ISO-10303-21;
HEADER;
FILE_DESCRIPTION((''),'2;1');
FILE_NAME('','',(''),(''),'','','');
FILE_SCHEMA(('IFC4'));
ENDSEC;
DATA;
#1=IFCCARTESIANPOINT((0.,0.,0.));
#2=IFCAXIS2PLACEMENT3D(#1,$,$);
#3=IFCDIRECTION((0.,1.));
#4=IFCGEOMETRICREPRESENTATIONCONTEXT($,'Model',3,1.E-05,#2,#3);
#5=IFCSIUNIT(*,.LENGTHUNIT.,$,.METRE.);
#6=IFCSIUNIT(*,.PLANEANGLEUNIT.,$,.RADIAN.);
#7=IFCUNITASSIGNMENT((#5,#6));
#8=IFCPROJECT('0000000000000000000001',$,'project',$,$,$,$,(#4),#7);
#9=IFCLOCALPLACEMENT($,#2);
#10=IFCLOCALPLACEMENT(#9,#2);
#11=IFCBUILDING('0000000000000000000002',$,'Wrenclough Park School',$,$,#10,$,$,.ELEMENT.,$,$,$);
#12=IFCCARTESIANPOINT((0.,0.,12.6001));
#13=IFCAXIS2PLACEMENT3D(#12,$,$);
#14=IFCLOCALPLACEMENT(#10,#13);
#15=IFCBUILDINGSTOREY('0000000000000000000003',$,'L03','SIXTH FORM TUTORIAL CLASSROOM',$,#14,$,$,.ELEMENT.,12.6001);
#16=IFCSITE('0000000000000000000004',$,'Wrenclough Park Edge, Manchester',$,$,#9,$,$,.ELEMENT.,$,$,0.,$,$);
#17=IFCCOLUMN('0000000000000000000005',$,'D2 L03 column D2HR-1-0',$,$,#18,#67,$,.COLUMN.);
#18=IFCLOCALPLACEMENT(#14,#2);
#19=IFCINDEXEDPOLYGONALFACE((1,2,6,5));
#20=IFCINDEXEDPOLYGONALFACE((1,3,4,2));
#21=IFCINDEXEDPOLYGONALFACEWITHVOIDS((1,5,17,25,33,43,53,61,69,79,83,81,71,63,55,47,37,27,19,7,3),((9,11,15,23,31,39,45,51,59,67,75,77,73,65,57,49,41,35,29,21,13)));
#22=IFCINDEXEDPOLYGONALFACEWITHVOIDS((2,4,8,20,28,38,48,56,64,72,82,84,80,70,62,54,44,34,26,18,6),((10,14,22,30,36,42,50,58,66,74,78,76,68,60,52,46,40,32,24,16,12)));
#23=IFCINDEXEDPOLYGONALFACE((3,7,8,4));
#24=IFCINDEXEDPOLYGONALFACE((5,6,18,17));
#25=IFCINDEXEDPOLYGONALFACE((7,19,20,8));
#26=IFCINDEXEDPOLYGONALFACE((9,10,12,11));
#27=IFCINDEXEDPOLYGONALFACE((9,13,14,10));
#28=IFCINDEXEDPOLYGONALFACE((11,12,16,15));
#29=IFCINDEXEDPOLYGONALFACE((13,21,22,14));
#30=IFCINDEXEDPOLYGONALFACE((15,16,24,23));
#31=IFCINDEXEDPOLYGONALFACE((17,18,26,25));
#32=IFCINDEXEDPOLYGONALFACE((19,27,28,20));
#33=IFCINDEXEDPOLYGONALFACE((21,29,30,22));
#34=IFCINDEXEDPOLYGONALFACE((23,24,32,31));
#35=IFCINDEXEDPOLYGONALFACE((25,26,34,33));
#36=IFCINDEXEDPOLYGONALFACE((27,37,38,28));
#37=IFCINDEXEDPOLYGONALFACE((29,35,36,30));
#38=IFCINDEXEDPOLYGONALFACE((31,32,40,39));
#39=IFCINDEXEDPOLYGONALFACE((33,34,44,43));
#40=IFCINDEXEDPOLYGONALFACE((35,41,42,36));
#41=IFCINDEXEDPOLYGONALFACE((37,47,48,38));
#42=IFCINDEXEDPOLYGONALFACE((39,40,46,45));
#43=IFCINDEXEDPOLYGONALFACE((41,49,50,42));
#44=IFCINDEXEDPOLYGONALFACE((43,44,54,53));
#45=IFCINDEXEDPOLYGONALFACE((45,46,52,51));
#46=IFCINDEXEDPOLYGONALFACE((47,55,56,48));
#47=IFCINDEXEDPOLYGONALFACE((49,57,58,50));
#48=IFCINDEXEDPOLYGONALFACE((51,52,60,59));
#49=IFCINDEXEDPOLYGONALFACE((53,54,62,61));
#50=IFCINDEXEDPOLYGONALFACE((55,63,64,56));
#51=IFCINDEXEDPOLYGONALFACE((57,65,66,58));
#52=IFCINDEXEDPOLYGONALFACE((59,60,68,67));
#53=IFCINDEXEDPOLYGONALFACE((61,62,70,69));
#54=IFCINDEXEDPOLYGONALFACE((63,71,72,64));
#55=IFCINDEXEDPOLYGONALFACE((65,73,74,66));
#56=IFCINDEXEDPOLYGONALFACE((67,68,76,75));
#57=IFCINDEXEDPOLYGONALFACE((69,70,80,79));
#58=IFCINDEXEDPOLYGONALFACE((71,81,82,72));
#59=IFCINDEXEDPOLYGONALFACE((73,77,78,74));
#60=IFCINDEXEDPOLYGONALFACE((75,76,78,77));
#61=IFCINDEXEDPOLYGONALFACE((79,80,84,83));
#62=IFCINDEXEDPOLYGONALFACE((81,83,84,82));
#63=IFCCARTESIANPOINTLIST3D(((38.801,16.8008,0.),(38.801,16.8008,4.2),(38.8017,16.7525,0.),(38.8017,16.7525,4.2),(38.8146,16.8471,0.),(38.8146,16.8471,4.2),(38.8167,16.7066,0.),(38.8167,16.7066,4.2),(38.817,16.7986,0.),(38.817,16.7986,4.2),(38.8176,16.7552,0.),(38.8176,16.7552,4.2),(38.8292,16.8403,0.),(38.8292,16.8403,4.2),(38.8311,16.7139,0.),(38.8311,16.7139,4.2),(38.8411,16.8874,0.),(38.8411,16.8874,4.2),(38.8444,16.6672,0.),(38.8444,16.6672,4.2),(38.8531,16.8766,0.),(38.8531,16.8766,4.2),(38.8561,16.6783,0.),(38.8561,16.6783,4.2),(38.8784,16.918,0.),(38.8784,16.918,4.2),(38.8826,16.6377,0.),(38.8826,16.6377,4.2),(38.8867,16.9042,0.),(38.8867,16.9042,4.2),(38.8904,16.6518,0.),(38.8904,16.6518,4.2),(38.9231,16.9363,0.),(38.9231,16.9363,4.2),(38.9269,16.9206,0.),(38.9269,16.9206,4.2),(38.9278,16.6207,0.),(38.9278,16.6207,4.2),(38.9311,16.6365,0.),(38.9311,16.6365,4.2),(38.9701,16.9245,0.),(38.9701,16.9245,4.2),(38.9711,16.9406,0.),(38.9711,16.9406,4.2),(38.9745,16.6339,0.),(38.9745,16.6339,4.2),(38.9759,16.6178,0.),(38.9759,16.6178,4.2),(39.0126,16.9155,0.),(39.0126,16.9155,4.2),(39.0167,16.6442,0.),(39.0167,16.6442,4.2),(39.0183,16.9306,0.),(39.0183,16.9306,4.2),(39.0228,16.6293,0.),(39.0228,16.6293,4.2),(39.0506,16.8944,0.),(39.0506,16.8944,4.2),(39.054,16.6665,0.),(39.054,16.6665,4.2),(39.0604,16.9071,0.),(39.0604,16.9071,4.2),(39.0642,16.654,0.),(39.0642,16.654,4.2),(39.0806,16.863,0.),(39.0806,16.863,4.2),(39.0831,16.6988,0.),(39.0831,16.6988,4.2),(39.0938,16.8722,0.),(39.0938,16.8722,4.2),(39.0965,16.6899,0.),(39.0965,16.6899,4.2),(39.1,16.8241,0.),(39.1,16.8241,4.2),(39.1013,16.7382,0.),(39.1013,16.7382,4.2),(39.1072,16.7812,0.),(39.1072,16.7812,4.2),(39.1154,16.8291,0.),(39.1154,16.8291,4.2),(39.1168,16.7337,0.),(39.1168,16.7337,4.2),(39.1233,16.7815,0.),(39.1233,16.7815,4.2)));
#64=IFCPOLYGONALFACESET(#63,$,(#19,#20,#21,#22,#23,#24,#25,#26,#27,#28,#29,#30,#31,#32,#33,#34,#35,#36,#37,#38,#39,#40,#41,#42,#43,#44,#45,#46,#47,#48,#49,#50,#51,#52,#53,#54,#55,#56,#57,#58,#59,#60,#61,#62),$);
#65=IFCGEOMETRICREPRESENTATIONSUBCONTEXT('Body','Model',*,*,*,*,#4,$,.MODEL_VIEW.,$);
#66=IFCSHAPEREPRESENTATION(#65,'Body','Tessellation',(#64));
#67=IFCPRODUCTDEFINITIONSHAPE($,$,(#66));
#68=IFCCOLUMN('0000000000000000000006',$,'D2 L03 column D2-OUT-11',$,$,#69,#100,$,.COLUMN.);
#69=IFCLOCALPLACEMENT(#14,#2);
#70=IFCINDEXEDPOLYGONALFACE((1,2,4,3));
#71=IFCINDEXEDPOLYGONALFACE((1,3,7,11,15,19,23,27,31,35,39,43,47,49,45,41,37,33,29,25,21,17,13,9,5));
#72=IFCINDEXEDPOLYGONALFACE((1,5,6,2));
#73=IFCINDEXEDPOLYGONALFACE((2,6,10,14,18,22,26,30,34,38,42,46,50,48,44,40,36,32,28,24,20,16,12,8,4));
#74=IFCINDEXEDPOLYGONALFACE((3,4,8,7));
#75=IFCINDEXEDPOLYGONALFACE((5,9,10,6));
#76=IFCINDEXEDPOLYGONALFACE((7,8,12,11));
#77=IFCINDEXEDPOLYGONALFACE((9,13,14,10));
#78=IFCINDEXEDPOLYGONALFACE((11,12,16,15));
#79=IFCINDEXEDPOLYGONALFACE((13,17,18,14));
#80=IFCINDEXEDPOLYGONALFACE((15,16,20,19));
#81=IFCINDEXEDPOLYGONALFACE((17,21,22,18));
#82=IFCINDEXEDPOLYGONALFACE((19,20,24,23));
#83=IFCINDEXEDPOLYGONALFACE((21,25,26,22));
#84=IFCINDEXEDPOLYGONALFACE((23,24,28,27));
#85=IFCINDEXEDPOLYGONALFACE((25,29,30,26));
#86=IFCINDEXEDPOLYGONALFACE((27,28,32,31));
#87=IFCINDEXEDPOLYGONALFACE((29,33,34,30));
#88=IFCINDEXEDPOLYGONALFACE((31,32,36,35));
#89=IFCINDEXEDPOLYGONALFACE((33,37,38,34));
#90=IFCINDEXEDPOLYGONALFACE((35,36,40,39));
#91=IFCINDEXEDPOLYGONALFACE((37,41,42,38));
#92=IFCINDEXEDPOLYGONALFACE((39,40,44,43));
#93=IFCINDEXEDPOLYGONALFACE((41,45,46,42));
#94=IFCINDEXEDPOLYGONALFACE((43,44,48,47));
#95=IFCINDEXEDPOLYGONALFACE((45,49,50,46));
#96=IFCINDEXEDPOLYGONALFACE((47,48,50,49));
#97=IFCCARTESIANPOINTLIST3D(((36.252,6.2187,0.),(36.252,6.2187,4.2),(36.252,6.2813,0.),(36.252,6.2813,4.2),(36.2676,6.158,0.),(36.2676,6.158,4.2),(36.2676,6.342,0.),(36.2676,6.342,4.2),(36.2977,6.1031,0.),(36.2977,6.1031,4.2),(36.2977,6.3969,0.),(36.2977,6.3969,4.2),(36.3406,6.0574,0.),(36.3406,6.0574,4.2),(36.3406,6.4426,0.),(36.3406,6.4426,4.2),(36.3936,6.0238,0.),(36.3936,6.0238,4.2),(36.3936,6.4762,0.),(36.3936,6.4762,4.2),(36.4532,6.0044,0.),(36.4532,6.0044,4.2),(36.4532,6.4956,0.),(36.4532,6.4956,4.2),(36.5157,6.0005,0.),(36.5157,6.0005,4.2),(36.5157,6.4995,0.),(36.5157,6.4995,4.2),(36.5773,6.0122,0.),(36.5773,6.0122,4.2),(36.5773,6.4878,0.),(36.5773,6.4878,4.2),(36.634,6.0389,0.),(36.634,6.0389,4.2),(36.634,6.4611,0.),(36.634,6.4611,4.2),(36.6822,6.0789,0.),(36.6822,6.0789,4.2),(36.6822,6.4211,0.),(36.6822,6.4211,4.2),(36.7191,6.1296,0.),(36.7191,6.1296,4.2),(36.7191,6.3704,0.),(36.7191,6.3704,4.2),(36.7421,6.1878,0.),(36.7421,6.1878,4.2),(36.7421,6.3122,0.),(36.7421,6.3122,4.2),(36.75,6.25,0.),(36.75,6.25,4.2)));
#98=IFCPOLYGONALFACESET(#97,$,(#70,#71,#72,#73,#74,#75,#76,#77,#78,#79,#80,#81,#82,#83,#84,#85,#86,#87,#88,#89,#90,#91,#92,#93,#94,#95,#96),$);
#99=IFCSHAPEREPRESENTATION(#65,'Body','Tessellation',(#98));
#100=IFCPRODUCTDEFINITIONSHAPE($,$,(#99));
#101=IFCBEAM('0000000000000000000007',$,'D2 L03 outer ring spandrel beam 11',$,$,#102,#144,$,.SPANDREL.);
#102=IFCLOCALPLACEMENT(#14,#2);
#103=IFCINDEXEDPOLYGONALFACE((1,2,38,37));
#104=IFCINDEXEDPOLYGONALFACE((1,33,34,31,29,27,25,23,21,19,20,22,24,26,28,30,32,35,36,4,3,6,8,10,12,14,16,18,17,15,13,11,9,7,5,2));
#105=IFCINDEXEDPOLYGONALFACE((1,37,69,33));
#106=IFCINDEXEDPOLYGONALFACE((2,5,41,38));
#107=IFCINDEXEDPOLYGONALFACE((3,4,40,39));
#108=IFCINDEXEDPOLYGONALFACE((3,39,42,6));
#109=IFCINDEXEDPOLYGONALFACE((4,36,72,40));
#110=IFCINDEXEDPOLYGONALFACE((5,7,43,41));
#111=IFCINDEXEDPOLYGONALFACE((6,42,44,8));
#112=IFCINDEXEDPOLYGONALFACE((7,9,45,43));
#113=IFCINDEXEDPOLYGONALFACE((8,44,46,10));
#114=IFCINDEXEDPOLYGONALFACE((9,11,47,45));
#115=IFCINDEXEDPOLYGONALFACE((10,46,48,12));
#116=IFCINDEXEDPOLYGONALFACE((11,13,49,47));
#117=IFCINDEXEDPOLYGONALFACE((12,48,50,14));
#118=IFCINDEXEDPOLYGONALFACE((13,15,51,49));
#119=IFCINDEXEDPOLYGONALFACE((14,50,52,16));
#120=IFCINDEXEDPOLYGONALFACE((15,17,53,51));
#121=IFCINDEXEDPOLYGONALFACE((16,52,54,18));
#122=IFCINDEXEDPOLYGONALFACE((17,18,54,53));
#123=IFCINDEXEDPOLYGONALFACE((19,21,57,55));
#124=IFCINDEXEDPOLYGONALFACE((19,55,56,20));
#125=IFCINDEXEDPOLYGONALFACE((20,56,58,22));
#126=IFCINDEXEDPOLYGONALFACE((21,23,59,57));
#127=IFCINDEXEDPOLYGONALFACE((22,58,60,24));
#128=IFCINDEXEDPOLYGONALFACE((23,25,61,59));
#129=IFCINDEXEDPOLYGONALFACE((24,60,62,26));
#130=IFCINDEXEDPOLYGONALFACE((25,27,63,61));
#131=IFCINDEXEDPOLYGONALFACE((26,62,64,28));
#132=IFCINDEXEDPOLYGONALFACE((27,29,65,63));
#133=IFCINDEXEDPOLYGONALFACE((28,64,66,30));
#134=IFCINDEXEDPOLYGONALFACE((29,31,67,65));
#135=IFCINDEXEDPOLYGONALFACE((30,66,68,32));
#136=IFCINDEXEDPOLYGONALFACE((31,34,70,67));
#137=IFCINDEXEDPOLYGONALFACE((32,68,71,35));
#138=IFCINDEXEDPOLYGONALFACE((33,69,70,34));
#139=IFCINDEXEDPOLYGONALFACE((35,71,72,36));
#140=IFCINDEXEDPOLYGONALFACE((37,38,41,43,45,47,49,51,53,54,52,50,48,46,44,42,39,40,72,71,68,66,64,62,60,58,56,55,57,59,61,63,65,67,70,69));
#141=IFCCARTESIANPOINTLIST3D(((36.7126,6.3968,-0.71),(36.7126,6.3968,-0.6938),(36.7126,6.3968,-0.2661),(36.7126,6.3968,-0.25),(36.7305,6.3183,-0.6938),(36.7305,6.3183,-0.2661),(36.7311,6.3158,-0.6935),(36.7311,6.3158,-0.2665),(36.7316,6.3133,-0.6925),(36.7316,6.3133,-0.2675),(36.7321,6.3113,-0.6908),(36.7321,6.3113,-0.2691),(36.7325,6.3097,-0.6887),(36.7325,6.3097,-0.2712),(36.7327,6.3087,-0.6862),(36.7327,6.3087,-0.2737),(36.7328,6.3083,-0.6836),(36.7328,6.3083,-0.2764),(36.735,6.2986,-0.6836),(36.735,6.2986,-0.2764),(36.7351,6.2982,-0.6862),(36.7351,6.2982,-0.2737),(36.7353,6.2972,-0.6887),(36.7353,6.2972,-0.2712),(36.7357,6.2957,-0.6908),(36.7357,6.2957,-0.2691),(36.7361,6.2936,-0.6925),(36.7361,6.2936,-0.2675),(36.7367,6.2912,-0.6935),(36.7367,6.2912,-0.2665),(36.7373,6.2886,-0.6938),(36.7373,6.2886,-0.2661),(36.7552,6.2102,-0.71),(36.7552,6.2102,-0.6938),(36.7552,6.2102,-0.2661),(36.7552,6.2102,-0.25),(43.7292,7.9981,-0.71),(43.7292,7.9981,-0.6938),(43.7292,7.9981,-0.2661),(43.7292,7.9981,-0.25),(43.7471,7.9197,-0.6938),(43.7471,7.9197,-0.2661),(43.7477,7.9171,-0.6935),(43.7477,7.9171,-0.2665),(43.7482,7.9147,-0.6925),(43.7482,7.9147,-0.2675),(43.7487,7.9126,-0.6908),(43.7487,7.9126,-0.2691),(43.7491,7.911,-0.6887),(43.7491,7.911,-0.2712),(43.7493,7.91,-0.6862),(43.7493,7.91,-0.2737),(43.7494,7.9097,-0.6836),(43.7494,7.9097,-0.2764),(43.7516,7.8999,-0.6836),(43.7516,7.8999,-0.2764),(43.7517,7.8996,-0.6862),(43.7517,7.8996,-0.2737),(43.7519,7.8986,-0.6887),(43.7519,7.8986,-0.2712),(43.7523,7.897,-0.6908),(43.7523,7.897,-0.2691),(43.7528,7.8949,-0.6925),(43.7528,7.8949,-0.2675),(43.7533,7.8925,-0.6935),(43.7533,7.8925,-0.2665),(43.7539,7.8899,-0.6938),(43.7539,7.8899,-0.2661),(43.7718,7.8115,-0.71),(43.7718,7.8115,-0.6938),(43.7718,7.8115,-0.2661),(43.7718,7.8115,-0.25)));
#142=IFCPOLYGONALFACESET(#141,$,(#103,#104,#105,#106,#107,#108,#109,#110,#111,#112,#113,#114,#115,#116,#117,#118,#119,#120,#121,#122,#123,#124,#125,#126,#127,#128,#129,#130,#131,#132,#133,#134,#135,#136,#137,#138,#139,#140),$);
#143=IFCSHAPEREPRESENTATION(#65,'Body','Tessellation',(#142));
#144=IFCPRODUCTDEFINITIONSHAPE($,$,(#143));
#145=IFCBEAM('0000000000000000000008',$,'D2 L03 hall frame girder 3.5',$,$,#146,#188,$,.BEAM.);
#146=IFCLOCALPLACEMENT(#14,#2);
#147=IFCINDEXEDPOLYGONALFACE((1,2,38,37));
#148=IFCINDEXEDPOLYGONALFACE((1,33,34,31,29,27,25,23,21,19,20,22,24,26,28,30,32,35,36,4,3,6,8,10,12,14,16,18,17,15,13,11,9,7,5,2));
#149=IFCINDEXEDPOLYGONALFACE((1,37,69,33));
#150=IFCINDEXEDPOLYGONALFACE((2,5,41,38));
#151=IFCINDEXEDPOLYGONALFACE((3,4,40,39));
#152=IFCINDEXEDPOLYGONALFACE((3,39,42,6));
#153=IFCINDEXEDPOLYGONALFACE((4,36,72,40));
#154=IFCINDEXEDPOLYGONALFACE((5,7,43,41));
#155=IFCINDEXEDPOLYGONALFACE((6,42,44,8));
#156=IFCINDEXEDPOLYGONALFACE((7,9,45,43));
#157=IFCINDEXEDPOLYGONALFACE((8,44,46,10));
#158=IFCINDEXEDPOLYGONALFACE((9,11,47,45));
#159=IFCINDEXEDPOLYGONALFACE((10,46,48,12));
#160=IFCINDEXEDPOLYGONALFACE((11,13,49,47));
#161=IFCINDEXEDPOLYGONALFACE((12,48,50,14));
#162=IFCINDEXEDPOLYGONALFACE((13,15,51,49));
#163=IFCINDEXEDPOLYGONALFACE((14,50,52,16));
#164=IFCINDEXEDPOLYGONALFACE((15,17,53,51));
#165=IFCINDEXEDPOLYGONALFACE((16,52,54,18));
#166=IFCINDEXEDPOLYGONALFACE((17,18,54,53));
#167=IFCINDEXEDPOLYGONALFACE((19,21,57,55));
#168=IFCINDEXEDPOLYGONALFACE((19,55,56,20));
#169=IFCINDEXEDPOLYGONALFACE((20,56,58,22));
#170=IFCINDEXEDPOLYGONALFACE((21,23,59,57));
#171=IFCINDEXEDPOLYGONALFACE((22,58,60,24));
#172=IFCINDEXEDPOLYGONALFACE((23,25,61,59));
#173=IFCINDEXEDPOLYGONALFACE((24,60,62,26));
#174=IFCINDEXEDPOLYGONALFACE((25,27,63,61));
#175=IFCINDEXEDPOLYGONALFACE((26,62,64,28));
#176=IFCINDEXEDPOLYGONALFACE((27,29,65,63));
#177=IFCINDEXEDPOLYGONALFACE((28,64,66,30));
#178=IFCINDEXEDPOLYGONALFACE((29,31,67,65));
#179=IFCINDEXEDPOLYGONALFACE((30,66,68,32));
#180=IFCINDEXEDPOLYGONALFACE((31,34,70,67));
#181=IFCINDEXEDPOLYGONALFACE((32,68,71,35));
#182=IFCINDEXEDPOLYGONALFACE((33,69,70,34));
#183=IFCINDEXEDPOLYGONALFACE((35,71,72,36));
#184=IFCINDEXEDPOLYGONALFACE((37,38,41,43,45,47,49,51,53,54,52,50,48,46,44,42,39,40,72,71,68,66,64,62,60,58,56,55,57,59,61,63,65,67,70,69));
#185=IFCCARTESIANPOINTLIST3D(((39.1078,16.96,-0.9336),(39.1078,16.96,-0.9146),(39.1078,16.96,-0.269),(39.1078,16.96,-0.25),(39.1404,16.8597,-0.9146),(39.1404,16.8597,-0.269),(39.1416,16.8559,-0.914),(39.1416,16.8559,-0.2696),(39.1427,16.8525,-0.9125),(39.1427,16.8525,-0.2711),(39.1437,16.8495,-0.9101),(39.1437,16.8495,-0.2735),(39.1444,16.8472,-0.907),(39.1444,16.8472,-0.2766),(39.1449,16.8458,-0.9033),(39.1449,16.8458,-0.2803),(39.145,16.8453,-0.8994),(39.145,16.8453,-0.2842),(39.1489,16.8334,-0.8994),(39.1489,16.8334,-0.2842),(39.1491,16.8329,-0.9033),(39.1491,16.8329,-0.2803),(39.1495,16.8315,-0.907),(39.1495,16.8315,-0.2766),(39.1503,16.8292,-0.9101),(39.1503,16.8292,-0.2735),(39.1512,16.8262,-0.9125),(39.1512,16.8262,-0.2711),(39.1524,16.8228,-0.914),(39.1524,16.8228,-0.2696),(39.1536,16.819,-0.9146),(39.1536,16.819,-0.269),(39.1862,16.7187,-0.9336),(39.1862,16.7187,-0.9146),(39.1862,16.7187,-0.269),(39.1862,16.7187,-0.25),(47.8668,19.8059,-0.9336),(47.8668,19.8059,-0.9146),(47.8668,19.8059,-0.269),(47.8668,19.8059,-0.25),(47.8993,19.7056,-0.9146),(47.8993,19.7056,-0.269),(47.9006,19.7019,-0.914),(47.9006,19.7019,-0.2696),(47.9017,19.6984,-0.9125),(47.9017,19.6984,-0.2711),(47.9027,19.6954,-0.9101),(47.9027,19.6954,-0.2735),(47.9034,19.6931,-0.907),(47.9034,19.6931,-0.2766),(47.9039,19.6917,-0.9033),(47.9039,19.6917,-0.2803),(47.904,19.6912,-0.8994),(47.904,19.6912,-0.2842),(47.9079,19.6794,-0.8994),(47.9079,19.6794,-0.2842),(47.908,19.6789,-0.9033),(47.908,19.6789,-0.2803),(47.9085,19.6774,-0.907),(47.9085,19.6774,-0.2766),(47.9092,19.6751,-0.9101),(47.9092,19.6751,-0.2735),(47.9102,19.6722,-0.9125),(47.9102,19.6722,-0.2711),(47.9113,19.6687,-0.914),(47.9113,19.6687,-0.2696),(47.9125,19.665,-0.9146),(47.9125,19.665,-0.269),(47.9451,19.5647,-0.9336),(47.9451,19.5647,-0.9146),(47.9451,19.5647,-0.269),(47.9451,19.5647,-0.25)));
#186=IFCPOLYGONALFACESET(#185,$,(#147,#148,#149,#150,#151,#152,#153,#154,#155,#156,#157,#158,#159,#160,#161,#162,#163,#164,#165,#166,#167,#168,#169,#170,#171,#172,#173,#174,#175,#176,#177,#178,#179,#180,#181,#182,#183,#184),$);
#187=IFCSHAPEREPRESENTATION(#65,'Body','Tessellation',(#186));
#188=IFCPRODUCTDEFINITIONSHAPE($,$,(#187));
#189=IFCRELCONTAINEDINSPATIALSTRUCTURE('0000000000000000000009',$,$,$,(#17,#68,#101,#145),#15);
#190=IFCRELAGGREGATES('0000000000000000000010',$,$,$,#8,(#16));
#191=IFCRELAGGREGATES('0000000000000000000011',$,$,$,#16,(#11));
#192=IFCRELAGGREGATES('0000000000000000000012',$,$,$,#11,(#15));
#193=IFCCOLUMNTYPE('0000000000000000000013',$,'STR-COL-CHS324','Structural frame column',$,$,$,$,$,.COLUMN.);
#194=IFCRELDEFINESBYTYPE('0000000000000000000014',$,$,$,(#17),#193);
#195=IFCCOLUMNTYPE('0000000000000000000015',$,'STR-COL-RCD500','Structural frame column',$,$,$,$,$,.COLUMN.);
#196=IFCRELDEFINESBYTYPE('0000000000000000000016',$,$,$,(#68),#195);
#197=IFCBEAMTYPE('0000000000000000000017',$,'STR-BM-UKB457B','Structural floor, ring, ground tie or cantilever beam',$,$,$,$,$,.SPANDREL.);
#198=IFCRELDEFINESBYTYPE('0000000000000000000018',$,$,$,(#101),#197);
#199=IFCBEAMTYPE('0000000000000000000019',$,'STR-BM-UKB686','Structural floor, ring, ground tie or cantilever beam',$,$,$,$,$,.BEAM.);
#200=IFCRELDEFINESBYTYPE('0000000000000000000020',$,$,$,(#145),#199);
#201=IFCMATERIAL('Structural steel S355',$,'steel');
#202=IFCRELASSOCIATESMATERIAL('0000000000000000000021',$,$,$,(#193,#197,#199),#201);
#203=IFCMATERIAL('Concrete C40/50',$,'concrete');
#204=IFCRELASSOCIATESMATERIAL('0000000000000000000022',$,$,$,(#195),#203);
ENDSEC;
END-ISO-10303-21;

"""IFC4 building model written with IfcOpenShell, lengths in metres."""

from ifc_helpers import new_model, si_unit, direction, frame, origin, origin_2d, place, context, subcontext, project, spatial, circle, hollow_circle, i_section, extrude, material, material_profile, profile_set, type_object, element, save


model = new_model("IFC4")

# Units and contexts
model_context = context("Model", 3, precision=1e-05, world=origin(), true_north=direction((0.0, 1.0)))
body_context = subcontext(model_context, "Body", "Model", "MODEL_VIEW")
ifc_project = project(units=[si_unit("LENGTHUNIT", "METRE"), si_unit("PLANEANGLEUNIT", "RADIAN")], contexts=[model_context])

# Site, building, storey
site_placement = place(None, origin())
site = spatial("IfcSite", under=ifc_project, at=site_placement, Name="Wrenclough Park Edge, Manchester", CompositionType="ELEMENT", RefElevation=0.0)
building_placement = place(site_placement, origin())
building = spatial("IfcBuilding", under=site, at=building_placement, Name="Wrenclough Park School", CompositionType="ELEMENT")
storey_placement = place(building_placement, frame((0.0, 0.0, 12.6001)))
storey = spatial("IfcBuildingStorey", under=building, at=storey_placement, Name="L03", Description="SIXTH FORM TUTORIAL CLASSROOM", CompositionType="ELEMENT", Elevation=12.6001)

# Columns
ifc_material_1 = material(Name="Structural steel S355", Category="steel")
ifc_material_profile_1 = material_profile(ifc_material_1, hollow_circle(Radius=0.1619, WallThickness=0.0161, at=origin_2d()), Name="CHS 323.9x16.0")
ifc_profile_set_1 = profile_set([ifc_material_profile_1], Name="Structural steel S355")
column_type_1 = type_object("IfcColumnType", Name="STR-COL-CHS324", Description="Structural frame column", PredefinedType="COLUMN", material=ifc_profile_set_1)
column_1_placement = place(storey_placement, frame((38.9614, 16.7791, 0.0), z_axis=(0.0, 0.0, 1.0), x_axis=(0.951057, 0.309017, 0.0)))
element("IfcColumn", 1, at=column_1_placement, inside=storey, type_object=column_type_1, Name="D2 L03 column D2HR-1-0", PredefinedType="COLUMN", context=body_context, shape_type="SweptSolid", body=[
    extrude(hollow_circle(Radius=0.1619, WallThickness=0.0161, at=origin_2d()), origin(), (0.0, 0.0, 1.0), 4.2),
])
ifc_material_2 = material(Name="Concrete C40/50", Category="concrete")
ifc_material_profile_2 = material_profile(ifc_material_2, circle(Radius=0.25, at=origin_2d()), Name="RC COL D500")
ifc_profile_set_2 = profile_set([ifc_material_profile_2], Name="Concrete C40/50")
column_type_2 = type_object("IfcColumnType", Name="STR-COL-RCD500", Description="Structural frame column", PredefinedType="COLUMN", material=ifc_profile_set_2)
column_2_placement = place(storey_placement, frame((36.5, 6.25, 0.0), z_axis=(0.0, 0.0, 1.0), x_axis=(1.0, 0.0, 0.0)))
element("IfcColumn", 2, at=column_2_placement, inside=storey, type_object=column_type_2, Name="D2 L03 column D2-OUT-11", PredefinedType="COLUMN", context=body_context, shape_type="SweptSolid", body=[
    extrude(circle(Radius=0.25, at=origin_2d()), origin(), (0.0, 0.0, 1.0), 4.2),
])

# Beams
ifc_material_profile_3 = material_profile(ifc_material_1, i_section(OverallWidth=0.1914, OverallDepth=0.46, WebThickness=0.01, FlangeThickness=0.0161, FilletRadius=0.0103, at=origin_2d()), Name="UKB 457x191x82")
ifc_profile_set_3 = profile_set([ifc_material_profile_3], Name="Structural steel S355")
beam_type_1 = type_object("IfcBeamType", Name="STR-BM-UKB457B", Description="Structural floor, ring, ground tie or cantilever beam", PredefinedType="SPANDREL", material=ifc_profile_set_3)
beam_1_placement = place(storey_placement, frame((36.7339, 6.3035, -0.48), z_axis=(0.974933, 0.222498, 0.0), x_axis=(-0.222498, 0.974933, 0.0)))
element("IfcBeam", 3, at=beam_1_placement, inside=storey, type_object=beam_type_1, Name="D2 L03 outer ring spandrel beam 11", PredefinedType="SPANDREL", context=body_context, shape_type="SweptSolid", body=[
    extrude(i_section(OverallWidth=0.1914, OverallDepth=0.46, WebThickness=0.01, FlangeThickness=0.0161, FilletRadius=0.0103, at=origin_2d()), origin(), (0.0, 0.0, 1.0), 7.197),
])
ifc_material_profile_4 = material_profile(ifc_material_1, i_section(OverallWidth=0.2537, OverallDepth=0.6836, WebThickness=0.0125, FlangeThickness=0.019, FilletRadius=0.0151, at=origin_2d()), Name="UKB 686x254x140")
ifc_profile_set_4 = profile_set([ifc_material_profile_4], Name="Structural steel S355")
beam_type_2 = type_object("IfcBeamType", Name="STR-BM-UKB686", Description="Structural floor, ring, ground tie or cantilever beam", PredefinedType="BEAM", material=ifc_profile_set_4)
beam_2_placement = place(storey_placement, frame((39.147, 16.8394, -0.5918), z_axis=(0.951058, 0.309014, 0.0), x_axis=(-0.309014, 0.951058, 0.0)))
element("IfcBeam", 4, at=beam_2_placement, inside=storey, type_object=beam_type_2, Name="D2 L03 hall frame girder 3.5", PredefinedType="BEAM", context=body_context, shape_type="SweptSolid", body=[
    extrude(i_section(OverallWidth=0.2537, OverallDepth=0.6836, WebThickness=0.0125, FlangeThickness=0.019, FilletRadius=0.0151, at=origin_2d()), origin(), (0.0, 0.0, 1.0), 9.2097),
])

save(model, "model.ifc")
